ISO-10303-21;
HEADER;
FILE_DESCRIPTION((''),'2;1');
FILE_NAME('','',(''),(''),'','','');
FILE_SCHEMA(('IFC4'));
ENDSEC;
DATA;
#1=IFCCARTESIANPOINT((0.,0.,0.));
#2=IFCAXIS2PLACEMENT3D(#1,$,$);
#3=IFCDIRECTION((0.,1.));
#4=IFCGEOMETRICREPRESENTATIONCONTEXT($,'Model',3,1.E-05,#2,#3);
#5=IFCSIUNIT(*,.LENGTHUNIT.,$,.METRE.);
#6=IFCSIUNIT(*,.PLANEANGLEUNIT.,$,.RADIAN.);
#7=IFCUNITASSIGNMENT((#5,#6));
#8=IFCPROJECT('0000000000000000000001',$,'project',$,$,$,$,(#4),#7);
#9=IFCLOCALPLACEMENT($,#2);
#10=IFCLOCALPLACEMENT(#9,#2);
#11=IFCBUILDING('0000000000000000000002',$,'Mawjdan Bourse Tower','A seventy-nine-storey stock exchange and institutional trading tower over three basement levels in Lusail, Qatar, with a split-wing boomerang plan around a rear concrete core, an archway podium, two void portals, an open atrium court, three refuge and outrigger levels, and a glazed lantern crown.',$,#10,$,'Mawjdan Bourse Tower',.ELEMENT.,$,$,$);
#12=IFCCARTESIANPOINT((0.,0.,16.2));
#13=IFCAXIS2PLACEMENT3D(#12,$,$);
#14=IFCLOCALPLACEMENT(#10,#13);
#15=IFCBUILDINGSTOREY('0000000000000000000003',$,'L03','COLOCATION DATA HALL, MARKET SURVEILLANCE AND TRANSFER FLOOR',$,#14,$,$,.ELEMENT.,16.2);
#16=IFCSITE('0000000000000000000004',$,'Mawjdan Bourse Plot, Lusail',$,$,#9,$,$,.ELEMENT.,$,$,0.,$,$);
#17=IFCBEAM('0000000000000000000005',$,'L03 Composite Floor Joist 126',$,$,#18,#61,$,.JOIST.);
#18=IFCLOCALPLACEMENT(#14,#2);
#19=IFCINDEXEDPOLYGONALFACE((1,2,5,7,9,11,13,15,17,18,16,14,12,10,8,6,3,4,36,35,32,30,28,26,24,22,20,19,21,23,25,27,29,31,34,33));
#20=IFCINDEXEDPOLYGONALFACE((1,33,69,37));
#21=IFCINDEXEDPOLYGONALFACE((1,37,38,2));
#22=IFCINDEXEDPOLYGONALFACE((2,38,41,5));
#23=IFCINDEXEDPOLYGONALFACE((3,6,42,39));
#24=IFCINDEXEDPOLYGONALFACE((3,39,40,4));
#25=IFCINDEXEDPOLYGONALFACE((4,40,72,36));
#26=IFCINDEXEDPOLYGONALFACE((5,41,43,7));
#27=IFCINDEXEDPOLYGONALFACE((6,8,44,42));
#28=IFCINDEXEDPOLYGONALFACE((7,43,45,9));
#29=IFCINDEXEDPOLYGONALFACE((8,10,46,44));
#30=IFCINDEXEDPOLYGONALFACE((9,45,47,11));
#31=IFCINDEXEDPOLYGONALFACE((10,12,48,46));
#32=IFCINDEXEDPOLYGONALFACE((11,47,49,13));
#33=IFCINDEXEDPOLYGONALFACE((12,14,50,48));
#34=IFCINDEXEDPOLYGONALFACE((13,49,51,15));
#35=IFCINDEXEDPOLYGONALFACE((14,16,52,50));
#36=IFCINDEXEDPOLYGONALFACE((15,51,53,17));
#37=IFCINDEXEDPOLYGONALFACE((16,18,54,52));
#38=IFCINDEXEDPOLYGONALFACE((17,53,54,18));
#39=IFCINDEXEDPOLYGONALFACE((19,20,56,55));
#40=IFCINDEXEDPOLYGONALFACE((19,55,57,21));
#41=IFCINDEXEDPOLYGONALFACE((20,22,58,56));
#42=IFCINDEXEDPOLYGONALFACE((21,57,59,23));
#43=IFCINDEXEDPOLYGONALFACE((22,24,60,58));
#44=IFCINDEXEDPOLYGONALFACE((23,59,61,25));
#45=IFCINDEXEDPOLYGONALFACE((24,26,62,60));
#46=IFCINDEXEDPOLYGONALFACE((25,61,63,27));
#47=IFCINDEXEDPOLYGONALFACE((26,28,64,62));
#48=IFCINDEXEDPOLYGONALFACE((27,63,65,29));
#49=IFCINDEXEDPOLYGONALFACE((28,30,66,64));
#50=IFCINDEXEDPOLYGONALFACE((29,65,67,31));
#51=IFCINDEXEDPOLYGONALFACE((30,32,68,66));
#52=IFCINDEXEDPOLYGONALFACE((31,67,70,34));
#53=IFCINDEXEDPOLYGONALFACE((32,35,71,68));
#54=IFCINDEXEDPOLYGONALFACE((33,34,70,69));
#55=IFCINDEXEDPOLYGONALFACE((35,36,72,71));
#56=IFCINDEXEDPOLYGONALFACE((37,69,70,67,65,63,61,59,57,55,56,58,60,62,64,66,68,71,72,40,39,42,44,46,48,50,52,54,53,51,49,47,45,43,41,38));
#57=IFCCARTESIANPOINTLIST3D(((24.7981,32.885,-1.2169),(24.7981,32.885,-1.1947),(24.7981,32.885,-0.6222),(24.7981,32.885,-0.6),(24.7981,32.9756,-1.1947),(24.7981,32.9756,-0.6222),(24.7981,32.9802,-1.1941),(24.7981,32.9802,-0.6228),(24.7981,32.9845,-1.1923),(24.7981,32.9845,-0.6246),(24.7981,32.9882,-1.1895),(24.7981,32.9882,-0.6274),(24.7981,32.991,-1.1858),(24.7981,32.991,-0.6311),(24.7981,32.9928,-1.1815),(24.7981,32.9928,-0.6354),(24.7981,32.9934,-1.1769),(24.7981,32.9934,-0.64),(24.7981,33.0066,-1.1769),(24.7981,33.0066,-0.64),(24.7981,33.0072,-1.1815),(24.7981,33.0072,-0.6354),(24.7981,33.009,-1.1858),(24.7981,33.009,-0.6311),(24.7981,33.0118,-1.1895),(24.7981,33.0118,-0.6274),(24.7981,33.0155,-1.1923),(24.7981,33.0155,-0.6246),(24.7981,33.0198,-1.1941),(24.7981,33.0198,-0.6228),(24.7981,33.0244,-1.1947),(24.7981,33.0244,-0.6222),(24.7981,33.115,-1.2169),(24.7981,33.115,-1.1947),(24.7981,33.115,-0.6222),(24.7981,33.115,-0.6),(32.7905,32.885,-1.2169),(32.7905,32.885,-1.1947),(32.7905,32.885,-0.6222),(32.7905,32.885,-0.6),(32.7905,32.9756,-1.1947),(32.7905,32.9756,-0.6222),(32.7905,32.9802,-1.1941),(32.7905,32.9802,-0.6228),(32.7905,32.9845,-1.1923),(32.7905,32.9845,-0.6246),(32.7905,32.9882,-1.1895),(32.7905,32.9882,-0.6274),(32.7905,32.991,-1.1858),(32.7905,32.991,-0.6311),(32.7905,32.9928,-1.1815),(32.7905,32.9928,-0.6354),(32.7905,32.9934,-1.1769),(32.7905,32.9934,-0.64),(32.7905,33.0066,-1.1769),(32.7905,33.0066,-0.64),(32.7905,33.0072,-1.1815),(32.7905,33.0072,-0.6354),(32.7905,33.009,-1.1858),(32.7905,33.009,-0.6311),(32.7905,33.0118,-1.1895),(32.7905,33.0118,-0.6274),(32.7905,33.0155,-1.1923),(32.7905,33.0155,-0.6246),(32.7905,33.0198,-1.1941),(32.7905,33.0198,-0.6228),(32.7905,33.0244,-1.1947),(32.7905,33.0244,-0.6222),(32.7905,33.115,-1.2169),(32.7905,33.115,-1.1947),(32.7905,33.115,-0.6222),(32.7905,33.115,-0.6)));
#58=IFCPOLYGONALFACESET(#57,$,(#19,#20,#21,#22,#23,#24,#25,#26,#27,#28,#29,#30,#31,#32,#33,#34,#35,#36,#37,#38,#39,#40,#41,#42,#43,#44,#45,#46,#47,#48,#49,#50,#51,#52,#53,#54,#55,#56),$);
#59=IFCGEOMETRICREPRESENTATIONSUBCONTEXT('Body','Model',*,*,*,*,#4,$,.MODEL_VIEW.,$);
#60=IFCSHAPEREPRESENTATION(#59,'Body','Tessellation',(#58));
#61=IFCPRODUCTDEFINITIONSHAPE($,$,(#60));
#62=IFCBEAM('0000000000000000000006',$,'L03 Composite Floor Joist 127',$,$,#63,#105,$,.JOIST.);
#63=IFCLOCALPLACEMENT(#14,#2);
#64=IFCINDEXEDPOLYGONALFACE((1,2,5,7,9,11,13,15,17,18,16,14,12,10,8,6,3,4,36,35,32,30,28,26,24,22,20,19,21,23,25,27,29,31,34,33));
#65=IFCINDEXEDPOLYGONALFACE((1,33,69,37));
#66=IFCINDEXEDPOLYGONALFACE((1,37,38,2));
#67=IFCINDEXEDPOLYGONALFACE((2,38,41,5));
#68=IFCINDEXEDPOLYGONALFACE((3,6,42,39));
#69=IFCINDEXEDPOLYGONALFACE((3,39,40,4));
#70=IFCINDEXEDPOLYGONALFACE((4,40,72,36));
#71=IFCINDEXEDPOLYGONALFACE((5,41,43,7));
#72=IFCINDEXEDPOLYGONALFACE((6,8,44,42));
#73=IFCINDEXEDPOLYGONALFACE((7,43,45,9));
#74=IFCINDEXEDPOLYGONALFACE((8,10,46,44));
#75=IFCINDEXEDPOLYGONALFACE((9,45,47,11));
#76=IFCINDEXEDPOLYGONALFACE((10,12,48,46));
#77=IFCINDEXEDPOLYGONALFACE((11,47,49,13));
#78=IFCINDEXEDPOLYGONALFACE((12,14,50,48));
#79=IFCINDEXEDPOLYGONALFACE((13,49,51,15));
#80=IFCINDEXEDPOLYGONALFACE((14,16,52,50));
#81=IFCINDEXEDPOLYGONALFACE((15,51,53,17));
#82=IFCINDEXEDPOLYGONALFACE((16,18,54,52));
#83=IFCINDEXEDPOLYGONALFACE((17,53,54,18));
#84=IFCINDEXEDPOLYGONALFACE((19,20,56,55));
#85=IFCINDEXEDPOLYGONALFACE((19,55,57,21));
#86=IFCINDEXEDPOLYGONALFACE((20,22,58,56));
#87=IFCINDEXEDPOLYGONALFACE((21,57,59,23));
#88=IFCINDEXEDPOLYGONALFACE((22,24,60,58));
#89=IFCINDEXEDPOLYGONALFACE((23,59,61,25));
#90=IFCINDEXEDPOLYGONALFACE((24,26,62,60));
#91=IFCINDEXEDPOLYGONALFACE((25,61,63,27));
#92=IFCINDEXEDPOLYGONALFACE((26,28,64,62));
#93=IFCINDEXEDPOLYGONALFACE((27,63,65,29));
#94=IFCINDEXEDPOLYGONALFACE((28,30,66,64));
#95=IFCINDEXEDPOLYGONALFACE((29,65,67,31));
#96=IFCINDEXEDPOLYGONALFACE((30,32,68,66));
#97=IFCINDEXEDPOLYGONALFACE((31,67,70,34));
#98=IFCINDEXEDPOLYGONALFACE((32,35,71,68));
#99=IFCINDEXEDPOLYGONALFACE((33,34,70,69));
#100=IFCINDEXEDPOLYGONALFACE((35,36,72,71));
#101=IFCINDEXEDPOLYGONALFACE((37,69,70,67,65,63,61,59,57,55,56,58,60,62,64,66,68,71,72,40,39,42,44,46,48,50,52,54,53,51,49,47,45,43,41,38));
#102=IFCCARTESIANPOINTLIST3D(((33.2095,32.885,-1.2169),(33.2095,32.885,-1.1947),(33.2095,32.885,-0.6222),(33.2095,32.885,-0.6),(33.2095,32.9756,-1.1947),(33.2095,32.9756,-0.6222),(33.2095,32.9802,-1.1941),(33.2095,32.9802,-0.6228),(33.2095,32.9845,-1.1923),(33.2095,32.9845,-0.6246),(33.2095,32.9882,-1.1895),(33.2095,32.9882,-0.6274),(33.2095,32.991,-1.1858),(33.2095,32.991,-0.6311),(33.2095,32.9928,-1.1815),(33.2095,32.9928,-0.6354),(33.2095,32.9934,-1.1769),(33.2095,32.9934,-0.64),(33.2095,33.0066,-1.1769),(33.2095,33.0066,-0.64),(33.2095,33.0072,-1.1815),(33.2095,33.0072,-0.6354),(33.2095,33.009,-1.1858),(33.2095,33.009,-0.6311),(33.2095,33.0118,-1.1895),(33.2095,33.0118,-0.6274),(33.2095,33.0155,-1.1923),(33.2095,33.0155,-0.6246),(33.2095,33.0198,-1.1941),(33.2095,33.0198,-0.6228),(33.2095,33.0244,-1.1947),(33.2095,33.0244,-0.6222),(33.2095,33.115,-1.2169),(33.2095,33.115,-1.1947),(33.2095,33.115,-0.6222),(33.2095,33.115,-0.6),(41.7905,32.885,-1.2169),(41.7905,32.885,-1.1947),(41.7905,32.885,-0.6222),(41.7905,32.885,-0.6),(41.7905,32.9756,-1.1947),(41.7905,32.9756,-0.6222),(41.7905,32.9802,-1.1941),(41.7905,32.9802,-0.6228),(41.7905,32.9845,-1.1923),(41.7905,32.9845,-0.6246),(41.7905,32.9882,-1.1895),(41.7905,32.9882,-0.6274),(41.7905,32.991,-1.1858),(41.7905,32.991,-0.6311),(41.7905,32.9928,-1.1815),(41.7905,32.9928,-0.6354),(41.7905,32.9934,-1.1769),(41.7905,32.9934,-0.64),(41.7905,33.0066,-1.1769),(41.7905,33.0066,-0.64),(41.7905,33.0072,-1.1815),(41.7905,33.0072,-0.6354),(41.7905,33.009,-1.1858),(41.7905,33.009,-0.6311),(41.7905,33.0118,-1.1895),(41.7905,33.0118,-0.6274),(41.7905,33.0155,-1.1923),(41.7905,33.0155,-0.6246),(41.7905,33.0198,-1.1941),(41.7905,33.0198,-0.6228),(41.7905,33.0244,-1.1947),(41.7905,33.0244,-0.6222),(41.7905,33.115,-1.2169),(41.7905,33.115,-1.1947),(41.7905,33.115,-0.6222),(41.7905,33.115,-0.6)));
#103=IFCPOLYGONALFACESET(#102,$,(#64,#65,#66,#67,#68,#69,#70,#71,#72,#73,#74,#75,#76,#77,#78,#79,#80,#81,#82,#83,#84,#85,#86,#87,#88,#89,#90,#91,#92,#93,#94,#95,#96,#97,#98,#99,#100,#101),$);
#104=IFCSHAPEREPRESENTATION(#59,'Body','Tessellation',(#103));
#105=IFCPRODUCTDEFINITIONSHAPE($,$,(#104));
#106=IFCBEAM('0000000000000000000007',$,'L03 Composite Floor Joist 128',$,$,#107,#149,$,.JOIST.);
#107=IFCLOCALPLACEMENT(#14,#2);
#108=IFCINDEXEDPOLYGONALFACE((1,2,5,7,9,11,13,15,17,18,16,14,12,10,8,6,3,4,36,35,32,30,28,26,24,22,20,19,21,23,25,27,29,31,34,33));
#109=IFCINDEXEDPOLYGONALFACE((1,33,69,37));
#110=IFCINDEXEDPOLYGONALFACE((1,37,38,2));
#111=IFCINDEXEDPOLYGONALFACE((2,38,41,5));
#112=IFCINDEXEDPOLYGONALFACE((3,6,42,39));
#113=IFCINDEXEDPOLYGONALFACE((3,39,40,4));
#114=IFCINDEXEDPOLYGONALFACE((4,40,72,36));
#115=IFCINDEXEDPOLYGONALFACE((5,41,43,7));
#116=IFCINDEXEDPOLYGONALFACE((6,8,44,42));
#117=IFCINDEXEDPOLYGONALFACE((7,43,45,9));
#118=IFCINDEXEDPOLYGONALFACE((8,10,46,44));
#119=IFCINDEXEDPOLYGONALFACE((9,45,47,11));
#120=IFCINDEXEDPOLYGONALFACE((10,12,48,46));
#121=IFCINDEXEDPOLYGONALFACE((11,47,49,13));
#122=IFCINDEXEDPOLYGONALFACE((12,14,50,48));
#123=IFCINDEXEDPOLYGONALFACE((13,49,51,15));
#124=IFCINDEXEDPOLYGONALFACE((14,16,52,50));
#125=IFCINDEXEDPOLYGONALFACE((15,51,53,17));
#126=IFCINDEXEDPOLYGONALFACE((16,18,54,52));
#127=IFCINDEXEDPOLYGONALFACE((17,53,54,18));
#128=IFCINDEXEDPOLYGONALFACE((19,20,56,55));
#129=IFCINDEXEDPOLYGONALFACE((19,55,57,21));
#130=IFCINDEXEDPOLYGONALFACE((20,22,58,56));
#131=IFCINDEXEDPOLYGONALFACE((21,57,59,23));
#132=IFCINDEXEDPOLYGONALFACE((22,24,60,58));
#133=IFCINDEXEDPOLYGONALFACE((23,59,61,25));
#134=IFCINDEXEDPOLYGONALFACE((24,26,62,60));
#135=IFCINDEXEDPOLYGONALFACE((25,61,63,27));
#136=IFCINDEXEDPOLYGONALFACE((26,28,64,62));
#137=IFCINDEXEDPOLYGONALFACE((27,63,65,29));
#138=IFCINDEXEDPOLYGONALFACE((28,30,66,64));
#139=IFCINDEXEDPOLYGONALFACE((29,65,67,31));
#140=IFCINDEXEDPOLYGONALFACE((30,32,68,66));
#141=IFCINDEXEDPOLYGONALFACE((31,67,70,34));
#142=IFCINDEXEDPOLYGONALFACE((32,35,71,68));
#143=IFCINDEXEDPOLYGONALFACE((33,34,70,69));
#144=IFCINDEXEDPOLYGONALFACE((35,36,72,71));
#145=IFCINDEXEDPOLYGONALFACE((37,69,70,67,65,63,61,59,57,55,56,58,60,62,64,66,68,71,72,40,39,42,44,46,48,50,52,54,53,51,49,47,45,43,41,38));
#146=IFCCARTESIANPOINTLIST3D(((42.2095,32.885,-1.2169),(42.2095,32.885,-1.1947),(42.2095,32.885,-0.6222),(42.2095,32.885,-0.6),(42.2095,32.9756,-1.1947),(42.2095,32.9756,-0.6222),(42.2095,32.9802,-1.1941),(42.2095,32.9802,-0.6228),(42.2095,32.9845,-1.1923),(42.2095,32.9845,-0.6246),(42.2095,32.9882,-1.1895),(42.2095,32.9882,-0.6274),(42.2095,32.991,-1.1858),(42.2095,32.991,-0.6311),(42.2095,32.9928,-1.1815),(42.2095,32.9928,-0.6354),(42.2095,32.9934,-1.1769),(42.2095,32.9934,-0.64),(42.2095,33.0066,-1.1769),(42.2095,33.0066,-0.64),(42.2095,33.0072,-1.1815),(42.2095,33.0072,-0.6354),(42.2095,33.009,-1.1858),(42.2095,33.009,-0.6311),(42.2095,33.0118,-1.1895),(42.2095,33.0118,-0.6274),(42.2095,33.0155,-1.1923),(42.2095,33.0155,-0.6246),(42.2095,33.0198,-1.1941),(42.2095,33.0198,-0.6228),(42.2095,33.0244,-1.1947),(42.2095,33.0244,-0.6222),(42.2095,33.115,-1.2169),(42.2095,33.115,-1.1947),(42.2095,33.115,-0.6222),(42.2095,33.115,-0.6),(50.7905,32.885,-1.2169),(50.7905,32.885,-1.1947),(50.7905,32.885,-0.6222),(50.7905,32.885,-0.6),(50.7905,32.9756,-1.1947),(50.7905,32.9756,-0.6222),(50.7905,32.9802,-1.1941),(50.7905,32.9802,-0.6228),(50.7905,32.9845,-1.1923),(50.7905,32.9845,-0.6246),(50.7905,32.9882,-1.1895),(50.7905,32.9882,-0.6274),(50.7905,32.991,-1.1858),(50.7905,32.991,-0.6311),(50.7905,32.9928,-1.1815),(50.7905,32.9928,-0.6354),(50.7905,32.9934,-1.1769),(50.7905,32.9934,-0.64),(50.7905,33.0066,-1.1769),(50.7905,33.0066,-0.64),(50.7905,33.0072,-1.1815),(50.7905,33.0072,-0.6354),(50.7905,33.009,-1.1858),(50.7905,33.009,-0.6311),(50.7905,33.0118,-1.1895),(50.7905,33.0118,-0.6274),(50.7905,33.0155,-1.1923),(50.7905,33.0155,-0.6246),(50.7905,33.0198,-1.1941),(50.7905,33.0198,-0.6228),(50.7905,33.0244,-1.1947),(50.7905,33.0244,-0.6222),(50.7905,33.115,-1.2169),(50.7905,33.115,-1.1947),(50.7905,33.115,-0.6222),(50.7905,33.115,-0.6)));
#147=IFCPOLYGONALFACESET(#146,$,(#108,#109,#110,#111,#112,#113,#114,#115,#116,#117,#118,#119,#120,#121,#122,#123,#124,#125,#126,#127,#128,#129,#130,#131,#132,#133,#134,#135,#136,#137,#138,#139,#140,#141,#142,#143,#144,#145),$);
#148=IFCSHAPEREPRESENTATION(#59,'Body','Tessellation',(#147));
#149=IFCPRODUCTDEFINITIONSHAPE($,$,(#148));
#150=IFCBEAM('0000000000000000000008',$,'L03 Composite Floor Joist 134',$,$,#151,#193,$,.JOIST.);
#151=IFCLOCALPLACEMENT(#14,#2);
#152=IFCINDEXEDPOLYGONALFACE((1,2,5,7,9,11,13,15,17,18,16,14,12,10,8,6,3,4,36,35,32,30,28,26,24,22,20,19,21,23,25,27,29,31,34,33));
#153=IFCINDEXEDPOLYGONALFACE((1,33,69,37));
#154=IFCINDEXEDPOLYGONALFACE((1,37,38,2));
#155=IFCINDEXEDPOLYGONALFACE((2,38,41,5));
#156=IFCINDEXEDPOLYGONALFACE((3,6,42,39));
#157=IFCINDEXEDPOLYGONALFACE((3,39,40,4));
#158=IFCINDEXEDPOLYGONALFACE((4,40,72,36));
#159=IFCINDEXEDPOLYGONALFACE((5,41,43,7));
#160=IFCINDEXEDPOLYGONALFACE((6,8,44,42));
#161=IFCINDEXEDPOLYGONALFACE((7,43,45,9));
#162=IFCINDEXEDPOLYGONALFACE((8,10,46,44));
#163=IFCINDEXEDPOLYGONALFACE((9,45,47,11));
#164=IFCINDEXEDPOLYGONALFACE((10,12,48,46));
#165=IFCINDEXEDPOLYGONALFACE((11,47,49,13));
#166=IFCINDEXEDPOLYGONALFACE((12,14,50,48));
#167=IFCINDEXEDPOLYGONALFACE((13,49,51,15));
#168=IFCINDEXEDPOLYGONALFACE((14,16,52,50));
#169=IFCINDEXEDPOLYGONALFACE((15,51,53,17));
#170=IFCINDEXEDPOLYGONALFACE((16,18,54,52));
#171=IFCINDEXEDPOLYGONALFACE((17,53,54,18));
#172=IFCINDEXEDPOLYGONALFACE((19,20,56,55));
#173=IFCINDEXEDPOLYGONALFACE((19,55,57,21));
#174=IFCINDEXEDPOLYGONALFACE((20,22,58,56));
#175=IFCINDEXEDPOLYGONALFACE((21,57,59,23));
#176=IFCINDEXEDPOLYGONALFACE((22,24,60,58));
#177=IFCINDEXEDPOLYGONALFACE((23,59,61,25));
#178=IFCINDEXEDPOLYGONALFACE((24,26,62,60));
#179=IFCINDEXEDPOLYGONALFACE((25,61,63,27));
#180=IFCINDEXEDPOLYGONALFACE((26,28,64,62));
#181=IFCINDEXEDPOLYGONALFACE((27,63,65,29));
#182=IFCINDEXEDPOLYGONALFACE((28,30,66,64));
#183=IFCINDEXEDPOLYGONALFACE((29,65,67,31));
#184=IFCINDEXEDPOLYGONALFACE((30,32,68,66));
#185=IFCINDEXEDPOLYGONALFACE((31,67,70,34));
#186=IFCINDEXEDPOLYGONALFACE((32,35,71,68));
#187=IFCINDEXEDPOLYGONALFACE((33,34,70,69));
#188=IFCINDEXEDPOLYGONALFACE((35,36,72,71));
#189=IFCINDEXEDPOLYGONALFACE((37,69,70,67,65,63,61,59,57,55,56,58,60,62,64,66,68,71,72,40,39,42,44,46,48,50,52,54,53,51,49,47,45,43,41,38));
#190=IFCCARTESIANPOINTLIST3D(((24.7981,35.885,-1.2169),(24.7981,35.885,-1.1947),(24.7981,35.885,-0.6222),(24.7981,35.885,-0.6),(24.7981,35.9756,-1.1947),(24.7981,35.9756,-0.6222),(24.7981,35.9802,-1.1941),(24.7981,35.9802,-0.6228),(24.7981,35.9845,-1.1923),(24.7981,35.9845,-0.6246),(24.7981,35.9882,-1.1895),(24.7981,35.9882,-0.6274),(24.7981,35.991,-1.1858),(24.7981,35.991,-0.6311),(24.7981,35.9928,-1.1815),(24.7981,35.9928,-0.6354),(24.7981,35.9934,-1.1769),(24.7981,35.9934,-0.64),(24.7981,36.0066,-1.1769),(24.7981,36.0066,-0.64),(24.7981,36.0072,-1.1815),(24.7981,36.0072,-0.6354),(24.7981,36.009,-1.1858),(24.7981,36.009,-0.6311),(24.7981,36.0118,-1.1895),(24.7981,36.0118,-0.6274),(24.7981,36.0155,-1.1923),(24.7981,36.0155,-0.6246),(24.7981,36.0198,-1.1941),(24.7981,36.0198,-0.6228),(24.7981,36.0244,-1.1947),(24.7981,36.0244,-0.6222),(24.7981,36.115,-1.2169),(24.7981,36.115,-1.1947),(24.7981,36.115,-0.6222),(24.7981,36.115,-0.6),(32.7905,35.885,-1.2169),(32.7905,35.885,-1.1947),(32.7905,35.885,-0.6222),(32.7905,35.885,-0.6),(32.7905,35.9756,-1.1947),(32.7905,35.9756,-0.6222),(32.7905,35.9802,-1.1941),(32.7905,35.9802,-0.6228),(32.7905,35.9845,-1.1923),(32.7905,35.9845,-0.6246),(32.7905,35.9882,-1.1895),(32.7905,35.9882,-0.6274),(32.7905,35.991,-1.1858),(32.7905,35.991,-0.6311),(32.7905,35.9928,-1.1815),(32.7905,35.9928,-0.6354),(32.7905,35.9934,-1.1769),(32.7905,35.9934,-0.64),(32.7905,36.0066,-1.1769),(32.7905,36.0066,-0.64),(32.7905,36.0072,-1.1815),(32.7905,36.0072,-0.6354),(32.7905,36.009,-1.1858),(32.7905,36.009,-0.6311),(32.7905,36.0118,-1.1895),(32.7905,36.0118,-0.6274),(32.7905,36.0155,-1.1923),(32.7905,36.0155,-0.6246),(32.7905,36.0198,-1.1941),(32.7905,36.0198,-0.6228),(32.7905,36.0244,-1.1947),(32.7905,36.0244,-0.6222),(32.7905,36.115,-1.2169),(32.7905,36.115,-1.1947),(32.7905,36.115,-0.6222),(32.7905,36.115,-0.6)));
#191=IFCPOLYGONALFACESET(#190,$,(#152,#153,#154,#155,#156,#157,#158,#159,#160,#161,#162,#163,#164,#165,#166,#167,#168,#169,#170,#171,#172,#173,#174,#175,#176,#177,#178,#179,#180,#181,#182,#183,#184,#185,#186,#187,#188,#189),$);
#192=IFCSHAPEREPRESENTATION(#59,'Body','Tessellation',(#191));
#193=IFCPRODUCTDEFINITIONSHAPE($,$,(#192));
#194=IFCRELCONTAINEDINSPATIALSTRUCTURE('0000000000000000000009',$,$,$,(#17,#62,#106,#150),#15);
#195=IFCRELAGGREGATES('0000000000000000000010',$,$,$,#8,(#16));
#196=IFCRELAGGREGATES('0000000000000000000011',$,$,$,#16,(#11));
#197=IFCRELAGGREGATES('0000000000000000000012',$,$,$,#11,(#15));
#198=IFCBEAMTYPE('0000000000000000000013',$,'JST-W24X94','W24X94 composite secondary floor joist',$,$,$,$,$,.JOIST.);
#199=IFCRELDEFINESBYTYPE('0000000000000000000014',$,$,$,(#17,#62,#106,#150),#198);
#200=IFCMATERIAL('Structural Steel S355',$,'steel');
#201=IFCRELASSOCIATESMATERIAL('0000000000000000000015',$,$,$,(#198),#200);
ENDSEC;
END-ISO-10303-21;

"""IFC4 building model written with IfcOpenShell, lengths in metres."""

from ifc_helpers import new_model, si_unit, direction, frame, origin, origin_2d, place, context, subcontext, project, spatial, i_section, extrude, material, material_profile, profile_set, type_object, element, save


model = new_model("IFC4")

# Units and contexts
model_context = context("Model", 3, precision=1e-05, world=origin(), true_north=direction((0.0, 1.0)))
body_context = subcontext(model_context, "Body", "Model", "MODEL_VIEW")
ifc_project = project(units=[si_unit("LENGTHUNIT", "METRE"), si_unit("PLANEANGLEUNIT", "RADIAN")], contexts=[model_context])

# Site, building, storey
site_placement = place(None, origin())
site = spatial("IfcSite", under=ifc_project, at=site_placement, Name="Mawjdan Bourse Plot, Lusail", CompositionType="ELEMENT", RefElevation=0.0)
building_placement = place(site_placement, origin())
building = spatial("IfcBuilding", under=site, at=building_placement, Name="Mawjdan Bourse Tower", Description="A seventy-nine-storey stock exchange and institutional trading tower over three basement levels in Lusail, Qatar, with a split-wing boomerang plan around a rear concrete core, an archway podium, two void portals, an open atrium court, three refuge and outrigger levels, and a glazed lantern crown.", LongName="Mawjdan Bourse Tower", CompositionType="ELEMENT")
storey_placement = place(building_placement, frame((0.0, 0.0, 16.2)))
storey = spatial("IfcBuildingStorey", under=building, at=storey_placement, Name="L03", Description="COLOCATION DATA HALL, MARKET SURVEILLANCE AND TRANSFER FLOOR", CompositionType="ELEMENT", Elevation=16.2)

# Beams
ifc_material_1 = material(Name="Structural Steel S355", Category="steel")
ifc_material_profile_1 = material_profile(ifc_material_1, i_section(OverallWidth=0.23, OverallDepth=0.6169, WebThickness=0.0132, FlangeThickness=0.0222, FilletRadius=0.0178, at=origin_2d()), Name="W24X94")
ifc_profile_set_1 = profile_set([ifc_material_profile_1], Name="Structural Steel S355")
beam_type_1 = type_object("IfcBeamType", Name="JST-W24X94", Description="W24X94 composite secondary floor joist", PredefinedType="JOIST", material=ifc_profile_set_1)
beam_1_placement = place(storey_placement, frame((24.7981, 33.0, -0.9084), z_axis=(1.0, 0.0, 0.0), x_axis=(0.0, 1.0, 0.0)))
element("IfcBeam", 1, at=beam_1_placement, inside=storey, type_object=beam_type_1, Name="L03 Composite Floor Joist 126", PredefinedType="JOIST", context=body_context, shape_type="SweptSolid", body=[
    extrude(i_section(OverallWidth=0.23, OverallDepth=0.6169, WebThickness=0.0132, FlangeThickness=0.0222, FilletRadius=0.0178, at=origin_2d()), origin(), (0.0, 0.0, 1.0), 7.9924),
])
for number, where, z_axis, x_axis, name in (
    (2, (33.2095, 33.0, -0.9084), (1.0, 0.0, 0.0), (0.0, 1.0, 0.0), "L03 Composite Floor Joist 127"),
    (3, (42.2095, 33.0, -0.9084), (1.0, 0.0, 0.0), (0.0, 1.0, 0.0), "L03 Composite Floor Joist 128"),
):
    element("IfcBeam", number, at=place(storey_placement, frame(where, z_axis=z_axis, x_axis=x_axis)), inside=storey, type_object=beam_type_1, Name=name, PredefinedType="JOIST", context=body_context, shape_type="SweptSolid", body=[
        extrude(i_section(OverallWidth=0.23, OverallDepth=0.6169, WebThickness=0.0132, FlangeThickness=0.0222, FilletRadius=0.0178, at=origin_2d()), origin(), (0.0, 0.0, 1.0), 8.5811),
    ])
beam_2_placement = place(storey_placement, frame((24.7981, 36.0, -0.9084), z_axis=(1.0, 0.0, 0.0), x_axis=(0.0, 1.0, 0.0)))
element("IfcBeam", 4, at=beam_2_placement, inside=storey, type_object=beam_type_1, Name="L03 Composite Floor Joist 134", PredefinedType="JOIST", context=body_context, shape_type="SweptSolid", body=[
    extrude(i_section(OverallWidth=0.23, OverallDepth=0.6169, WebThickness=0.0132, FlangeThickness=0.0222, FilletRadius=0.0178, at=origin_2d()), origin(), (0.0, 0.0, 1.0), 7.9924),
])

save(model, "model.ifc")
